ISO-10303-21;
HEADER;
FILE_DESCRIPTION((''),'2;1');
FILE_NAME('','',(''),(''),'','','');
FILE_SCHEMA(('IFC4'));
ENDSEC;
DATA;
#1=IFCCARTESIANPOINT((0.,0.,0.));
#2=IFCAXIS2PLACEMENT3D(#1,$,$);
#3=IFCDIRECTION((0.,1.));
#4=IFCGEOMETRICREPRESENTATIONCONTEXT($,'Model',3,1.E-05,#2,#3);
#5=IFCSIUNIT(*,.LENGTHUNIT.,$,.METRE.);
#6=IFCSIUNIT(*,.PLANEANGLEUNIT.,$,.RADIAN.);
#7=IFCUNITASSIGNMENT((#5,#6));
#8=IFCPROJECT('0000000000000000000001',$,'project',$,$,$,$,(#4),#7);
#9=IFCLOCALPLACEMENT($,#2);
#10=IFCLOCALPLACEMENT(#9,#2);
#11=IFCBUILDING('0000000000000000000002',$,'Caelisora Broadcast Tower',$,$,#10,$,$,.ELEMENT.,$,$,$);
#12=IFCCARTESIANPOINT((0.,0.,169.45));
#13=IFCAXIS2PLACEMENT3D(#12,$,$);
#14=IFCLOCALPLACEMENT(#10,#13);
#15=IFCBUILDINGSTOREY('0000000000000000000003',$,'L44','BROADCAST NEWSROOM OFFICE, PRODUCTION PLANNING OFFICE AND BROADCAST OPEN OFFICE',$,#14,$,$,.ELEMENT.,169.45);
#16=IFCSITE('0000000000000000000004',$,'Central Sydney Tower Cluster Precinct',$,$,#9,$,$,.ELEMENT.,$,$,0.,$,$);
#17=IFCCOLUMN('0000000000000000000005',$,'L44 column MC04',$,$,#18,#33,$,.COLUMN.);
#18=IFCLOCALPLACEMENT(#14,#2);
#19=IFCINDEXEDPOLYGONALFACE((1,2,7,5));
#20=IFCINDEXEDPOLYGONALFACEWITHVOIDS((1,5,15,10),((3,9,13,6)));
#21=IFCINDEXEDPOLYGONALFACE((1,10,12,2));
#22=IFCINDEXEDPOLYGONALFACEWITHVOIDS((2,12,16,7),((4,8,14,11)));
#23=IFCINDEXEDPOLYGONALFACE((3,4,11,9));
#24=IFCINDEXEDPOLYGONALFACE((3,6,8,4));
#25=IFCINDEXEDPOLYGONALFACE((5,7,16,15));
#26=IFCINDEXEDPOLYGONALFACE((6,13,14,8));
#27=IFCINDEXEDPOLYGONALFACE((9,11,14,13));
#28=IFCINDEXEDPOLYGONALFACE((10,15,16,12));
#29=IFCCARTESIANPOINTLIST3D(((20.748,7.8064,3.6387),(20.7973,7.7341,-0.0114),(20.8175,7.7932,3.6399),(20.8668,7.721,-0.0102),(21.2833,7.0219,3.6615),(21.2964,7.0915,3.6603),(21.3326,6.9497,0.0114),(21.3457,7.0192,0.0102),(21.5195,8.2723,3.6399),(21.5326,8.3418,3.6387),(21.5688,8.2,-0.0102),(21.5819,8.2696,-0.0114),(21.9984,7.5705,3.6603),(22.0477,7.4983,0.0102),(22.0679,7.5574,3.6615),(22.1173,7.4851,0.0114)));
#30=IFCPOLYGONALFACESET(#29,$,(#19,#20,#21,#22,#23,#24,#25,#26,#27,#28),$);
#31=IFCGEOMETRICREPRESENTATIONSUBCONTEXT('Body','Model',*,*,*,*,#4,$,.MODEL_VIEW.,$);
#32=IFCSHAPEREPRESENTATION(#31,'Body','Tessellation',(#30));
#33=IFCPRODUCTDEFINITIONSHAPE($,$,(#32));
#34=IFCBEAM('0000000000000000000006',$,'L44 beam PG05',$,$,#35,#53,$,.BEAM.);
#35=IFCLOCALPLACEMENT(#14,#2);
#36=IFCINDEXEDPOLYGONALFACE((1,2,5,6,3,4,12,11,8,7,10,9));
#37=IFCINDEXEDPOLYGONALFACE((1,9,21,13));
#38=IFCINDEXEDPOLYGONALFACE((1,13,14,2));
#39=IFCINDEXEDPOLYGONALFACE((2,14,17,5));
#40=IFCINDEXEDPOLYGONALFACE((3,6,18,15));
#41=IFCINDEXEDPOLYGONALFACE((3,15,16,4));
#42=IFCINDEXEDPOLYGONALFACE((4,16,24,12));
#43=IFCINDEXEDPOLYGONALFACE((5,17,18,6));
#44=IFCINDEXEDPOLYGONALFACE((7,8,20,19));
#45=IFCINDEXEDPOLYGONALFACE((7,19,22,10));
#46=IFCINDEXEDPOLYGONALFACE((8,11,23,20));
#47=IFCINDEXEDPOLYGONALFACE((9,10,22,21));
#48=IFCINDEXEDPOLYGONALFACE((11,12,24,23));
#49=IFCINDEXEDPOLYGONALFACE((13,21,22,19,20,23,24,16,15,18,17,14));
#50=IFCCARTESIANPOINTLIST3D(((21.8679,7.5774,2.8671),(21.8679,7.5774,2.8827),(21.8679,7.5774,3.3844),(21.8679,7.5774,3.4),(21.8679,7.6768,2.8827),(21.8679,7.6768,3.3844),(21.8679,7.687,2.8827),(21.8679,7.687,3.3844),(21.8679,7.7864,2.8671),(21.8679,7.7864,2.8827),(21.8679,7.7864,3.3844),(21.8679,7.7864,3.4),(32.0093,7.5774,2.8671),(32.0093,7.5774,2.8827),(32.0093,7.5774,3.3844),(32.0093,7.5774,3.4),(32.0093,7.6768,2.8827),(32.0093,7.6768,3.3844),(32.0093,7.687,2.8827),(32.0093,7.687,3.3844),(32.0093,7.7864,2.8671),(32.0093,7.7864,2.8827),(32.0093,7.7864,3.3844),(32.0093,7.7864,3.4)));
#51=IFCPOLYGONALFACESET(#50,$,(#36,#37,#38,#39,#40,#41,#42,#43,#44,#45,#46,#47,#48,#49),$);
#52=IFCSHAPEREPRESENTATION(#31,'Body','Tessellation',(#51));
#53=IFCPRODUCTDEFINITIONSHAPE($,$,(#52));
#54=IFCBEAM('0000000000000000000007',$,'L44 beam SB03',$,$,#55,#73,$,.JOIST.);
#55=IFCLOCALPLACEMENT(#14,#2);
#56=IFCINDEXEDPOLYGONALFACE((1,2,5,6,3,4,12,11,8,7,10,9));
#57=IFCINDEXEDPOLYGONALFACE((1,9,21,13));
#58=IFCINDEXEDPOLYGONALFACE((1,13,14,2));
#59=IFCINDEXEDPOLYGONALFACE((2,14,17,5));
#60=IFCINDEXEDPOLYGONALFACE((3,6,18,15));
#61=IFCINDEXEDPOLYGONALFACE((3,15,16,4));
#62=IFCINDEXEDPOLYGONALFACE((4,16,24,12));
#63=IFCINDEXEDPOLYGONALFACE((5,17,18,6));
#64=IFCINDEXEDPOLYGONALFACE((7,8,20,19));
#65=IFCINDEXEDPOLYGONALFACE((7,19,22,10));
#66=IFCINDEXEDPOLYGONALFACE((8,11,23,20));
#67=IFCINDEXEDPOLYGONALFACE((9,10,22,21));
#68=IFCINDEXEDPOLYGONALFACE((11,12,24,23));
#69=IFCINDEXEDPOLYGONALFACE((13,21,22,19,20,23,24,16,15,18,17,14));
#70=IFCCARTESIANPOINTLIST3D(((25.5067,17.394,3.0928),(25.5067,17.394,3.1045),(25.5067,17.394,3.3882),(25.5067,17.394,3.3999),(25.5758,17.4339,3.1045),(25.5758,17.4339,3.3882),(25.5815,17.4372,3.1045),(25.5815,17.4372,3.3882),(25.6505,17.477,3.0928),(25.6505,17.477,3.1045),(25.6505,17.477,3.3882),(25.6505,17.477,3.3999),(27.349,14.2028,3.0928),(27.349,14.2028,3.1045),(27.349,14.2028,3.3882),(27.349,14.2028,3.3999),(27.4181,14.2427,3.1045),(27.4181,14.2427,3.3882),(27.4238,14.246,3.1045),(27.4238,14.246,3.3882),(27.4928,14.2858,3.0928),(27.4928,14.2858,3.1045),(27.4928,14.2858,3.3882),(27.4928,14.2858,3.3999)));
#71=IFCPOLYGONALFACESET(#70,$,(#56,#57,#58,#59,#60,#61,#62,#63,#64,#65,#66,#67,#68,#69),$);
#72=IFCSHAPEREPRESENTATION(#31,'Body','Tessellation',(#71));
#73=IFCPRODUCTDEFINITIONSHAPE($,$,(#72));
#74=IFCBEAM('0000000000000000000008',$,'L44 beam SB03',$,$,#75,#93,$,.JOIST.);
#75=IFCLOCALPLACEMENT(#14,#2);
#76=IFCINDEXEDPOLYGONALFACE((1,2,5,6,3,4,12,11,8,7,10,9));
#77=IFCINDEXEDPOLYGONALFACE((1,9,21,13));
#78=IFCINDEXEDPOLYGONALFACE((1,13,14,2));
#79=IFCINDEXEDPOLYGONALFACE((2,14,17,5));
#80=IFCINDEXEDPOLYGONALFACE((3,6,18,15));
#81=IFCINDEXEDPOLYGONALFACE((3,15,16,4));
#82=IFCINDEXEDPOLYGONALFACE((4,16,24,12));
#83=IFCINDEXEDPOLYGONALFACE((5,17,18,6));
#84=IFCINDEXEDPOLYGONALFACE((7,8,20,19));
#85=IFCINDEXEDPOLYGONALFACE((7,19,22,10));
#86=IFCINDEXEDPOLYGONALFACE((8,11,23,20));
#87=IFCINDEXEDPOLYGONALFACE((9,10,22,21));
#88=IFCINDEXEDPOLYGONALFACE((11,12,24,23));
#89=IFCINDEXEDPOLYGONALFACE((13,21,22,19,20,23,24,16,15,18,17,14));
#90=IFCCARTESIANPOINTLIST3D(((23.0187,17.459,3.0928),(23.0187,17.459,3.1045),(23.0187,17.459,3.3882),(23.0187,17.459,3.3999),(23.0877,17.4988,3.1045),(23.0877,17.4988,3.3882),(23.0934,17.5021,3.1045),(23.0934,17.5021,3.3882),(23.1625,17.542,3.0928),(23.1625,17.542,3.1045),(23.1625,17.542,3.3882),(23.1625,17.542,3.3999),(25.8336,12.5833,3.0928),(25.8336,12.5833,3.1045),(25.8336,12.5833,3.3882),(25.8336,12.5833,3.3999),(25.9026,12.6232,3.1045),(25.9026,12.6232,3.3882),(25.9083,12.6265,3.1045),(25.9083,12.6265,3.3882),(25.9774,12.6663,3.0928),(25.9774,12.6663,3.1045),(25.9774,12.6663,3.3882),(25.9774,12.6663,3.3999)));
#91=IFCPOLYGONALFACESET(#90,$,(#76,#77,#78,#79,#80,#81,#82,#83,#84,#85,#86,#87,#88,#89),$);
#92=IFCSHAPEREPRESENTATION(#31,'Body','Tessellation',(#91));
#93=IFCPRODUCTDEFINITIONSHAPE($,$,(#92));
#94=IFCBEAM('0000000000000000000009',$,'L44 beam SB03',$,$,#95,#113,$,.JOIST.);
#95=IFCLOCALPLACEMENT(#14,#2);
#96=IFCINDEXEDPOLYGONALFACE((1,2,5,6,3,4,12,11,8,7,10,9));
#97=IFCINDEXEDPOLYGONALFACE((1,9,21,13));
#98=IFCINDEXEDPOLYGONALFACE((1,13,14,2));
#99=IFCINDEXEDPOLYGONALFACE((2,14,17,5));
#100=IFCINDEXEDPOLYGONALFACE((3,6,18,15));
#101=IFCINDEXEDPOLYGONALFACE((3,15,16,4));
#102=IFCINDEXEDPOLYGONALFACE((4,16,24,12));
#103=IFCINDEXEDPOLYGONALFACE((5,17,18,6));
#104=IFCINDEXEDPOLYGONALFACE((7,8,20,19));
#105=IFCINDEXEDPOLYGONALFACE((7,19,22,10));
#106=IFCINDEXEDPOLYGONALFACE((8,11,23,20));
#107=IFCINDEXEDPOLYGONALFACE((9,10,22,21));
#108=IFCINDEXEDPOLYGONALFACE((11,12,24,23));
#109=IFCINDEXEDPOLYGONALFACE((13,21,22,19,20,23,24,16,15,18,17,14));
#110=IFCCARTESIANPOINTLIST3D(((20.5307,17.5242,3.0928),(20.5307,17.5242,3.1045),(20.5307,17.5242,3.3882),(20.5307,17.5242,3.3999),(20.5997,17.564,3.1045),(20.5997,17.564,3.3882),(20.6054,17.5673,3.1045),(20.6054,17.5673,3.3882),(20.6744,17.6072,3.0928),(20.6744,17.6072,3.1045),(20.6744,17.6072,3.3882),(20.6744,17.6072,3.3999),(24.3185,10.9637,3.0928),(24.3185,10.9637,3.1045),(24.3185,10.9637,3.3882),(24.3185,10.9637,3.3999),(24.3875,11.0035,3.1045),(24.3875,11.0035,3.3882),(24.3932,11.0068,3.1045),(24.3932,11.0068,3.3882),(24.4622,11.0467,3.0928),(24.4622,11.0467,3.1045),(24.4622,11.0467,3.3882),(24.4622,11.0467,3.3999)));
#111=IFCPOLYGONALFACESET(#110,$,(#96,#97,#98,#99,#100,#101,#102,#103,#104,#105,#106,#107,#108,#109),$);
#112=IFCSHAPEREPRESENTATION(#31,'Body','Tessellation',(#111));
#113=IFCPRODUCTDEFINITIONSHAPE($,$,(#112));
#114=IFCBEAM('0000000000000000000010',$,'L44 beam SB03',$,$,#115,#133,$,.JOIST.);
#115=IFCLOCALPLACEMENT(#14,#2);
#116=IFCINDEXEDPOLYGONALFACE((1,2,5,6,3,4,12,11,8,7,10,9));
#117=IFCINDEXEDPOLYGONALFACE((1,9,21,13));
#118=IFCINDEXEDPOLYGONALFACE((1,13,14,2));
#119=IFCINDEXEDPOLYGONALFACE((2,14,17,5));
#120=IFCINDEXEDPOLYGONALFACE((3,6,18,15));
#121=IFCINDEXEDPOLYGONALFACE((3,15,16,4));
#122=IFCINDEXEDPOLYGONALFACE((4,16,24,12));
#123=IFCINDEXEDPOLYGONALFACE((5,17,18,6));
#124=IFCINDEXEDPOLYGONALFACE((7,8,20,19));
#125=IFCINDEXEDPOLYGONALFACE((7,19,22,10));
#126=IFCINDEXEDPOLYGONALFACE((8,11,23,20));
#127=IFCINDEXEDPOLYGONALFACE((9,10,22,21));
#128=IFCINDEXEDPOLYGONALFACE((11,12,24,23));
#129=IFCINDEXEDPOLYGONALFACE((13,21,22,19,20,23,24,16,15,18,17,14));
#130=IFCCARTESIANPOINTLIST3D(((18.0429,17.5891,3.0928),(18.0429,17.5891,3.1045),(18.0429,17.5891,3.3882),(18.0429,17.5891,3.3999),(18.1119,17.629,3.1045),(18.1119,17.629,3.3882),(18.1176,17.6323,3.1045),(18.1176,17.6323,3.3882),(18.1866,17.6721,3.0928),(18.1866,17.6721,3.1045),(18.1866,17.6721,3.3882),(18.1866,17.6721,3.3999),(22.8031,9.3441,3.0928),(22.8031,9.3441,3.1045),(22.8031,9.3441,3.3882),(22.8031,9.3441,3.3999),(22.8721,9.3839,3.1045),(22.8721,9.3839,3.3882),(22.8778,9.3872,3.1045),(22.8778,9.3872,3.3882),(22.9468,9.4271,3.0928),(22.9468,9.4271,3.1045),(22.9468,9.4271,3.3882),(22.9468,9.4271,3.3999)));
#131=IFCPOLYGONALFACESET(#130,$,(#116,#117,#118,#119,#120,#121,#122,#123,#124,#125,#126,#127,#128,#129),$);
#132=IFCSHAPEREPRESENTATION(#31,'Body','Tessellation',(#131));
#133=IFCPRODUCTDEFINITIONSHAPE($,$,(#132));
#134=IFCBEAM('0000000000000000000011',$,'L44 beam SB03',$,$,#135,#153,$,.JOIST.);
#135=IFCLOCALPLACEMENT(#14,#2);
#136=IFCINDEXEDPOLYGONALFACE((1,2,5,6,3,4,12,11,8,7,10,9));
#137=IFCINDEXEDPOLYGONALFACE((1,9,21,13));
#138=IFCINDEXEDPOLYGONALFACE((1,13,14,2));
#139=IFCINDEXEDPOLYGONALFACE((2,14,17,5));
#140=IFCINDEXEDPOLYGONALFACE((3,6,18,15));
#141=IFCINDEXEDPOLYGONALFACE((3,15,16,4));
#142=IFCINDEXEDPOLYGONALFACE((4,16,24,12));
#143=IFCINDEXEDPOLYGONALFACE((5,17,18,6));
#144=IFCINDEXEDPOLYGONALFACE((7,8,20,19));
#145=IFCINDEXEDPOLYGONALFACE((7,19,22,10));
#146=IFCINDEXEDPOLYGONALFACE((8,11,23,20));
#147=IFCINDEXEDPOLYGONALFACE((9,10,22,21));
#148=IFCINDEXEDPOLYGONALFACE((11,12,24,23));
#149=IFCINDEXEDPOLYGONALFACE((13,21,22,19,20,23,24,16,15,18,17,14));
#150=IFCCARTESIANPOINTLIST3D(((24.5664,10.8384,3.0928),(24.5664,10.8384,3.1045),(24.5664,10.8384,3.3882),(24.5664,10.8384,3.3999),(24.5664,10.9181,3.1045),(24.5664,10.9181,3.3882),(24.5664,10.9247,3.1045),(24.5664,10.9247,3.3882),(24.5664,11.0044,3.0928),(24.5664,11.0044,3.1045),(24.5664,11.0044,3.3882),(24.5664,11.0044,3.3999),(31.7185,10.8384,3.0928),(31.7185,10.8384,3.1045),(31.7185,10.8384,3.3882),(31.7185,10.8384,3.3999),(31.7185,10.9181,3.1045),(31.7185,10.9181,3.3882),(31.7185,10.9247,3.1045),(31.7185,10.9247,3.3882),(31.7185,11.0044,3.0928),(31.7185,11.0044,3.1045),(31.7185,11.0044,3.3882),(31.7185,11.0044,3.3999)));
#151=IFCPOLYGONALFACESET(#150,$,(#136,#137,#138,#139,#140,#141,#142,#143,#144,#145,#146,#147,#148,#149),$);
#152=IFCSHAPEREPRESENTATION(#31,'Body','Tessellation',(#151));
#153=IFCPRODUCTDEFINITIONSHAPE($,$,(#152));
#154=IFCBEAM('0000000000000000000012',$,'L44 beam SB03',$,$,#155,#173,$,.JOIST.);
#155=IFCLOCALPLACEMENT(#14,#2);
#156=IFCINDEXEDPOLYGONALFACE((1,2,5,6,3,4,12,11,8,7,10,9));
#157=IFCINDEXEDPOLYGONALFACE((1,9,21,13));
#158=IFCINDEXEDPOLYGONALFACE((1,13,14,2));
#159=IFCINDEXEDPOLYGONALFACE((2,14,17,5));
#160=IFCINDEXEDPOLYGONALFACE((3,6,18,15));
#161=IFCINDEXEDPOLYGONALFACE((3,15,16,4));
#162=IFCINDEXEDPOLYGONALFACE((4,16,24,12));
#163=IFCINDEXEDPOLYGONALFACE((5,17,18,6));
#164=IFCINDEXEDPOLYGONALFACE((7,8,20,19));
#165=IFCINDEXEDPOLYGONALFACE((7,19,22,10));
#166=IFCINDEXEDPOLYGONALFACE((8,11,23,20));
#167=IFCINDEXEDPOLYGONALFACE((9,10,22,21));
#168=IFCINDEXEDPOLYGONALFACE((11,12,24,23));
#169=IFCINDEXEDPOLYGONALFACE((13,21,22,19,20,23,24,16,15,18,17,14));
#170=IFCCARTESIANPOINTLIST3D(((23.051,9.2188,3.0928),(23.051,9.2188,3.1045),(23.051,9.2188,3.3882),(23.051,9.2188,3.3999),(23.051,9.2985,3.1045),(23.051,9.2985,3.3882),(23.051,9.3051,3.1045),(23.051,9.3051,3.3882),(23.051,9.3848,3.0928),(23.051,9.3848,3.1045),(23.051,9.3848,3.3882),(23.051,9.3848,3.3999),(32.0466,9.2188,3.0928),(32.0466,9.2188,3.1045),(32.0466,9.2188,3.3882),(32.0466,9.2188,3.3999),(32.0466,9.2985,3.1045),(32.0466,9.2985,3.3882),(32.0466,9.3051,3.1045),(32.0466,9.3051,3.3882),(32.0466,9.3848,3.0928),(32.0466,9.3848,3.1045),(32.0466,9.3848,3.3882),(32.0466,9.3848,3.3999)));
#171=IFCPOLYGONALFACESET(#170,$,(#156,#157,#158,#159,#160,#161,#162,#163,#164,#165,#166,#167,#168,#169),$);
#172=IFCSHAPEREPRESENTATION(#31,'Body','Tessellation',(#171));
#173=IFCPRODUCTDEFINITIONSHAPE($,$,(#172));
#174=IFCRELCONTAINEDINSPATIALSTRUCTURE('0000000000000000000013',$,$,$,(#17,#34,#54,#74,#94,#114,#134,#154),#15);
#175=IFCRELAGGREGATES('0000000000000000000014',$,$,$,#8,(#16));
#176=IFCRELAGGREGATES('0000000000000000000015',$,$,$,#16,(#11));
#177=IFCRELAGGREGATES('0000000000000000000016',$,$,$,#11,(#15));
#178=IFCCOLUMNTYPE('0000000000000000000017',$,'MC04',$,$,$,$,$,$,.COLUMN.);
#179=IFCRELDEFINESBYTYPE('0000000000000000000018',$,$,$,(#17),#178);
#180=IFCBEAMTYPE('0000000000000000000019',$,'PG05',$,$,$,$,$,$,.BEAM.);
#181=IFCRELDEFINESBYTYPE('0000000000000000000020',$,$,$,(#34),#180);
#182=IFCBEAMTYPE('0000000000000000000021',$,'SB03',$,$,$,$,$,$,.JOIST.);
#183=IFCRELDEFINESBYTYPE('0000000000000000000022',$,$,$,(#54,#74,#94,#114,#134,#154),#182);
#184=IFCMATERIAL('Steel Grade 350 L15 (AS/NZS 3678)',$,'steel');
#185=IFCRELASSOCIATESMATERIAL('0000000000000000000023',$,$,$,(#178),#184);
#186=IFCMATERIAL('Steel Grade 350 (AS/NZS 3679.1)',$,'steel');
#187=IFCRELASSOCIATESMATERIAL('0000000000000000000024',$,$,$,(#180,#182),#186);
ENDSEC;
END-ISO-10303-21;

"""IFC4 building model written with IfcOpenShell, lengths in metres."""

from ifc_helpers import new_model, si_unit, direction, frame, origin, origin_2d, place, context, subcontext, project, spatial, hollow_rectangle, i_section, extrude, source, transform, mapped, material, material_profile, profile_set, type_object, type_shapes, element, save


model = new_model("IFC4")

# Units and contexts
model_context = context("Model", 3, precision=1e-05, world=origin(), true_north=direction((0.0, 1.0)))
body_context = subcontext(model_context, "Body", "Model", "MODEL_VIEW")
ifc_project = project(units=[si_unit("LENGTHUNIT", "METRE"), si_unit("PLANEANGLEUNIT", "RADIAN")], contexts=[model_context])

# Site, building, storey
site_placement = place(None, origin())
site = spatial("IfcSite", under=ifc_project, at=site_placement, Name="Central Sydney Tower Cluster Precinct", CompositionType="ELEMENT", RefElevation=0.0)
building_placement = place(site_placement, origin())
building = spatial("IfcBuilding", under=site, at=building_placement, Name="Caelisora Broadcast Tower", CompositionType="ELEMENT")
storey_placement = place(building_placement, frame((0.0, 0.0, 169.45)))
storey = spatial("IfcBuildingStorey", under=building, at=storey_placement, Name="L44", Description="BROADCAST NEWSROOM OFFICE, PRODUCTION PLANNING OFFICE AND BROADCAST OPEN OFFICE", CompositionType="ELEMENT", Elevation=169.45)

# Column
ifc_material_1 = material(Name="Steel Grade 350 L15 (AS/NZS 3678)", Category="steel")
ifc_material_profile_1 = material_profile(ifc_material_1, hollow_rectangle(XDim=0.95, YDim=0.95, WallThickness=0.05, at=origin_2d()), Name="Steel Grade 350 L15 (AS/NZS 3678)")
ifc_profile_set_1 = profile_set([ifc_material_profile_1], Name="Steel Grade 350 L15 (AS/NZS 3678)")
column_type = type_object("IfcColumnType", Name="MC04", PredefinedType="COLUMN", material=ifc_profile_set_1)
shared_shape_1 = source(origin(), body_context, "Body", "SweptSolid", [
    extrude(hollow_rectangle(XDim=0.95, YDim=0.95, WallThickness=0.05, at=origin_2d()), origin(), (0.0, 0.0, 1.0), 3.6511),
])
type_shapes(column_type, [shared_shape_1])
column_placement = place(storey_placement, frame((21.4573, 7.6096, 0.0), z_axis=(-0.013507, 0.019792, 0.999713), x_axis=(-0.825991, -0.563683, 0.0)))
element("IfcColumn", 1, at=column_placement, inside=storey, type_object=column_type, Name="L44 column MC04", PredefinedType="COLUMN", context=body_context, shape_type="MappedRepresentation", body=[
    mapped(shared_shape_1, transform((0.0, 0.0, 0.0), scale=1.0)),
])

# Beams
ifc_material_2 = material(Name="Steel Grade 350 (AS/NZS 3679.1)", Category="steel")
ifc_material_profile_2 = material_profile(ifc_material_2, i_section(OverallWidth=0.209, OverallDepth=0.533, WebThickness=0.0103, FlangeThickness=0.0156, at=origin_2d()), Name="Steel Grade 350 (AS/NZS 3679.1)")
ifc_profile_set_2 = profile_set([ifc_material_profile_2], Name="Steel Grade 350 (AS/NZS 3679.1)")
beam_type_1 = type_object("IfcBeamType", Name="PG05", PredefinedType="BEAM", material=ifc_profile_set_2)
shared_shape_2 = source(origin(), body_context, "Body", "SweptSolid", [
    extrude(i_section(OverallWidth=0.209, OverallDepth=0.533, WebThickness=0.0103, FlangeThickness=0.0156, at=origin_2d()), origin(), (0.0, 0.0, 1.0), 10.1414),
])
type_shapes(beam_type_1, [shared_shape_2])
beam_1_placement = place(storey_placement, frame((21.8679, 7.6819, 3.1335), z_axis=(1.0, 0.0, 0.0), x_axis=(0.0, 1.0, 0.0)))
element("IfcBeam", 2, at=beam_1_placement, inside=storey, type_object=beam_type_1, Name="L44 beam PG05", PredefinedType="BEAM", context=body_context, shape_type="MappedRepresentation", body=[
    mapped(shared_shape_2, transform((0.0, 0.0, 0.0), scale=1.0)),
])
ifc_material_profile_3 = material_profile(ifc_material_2, i_section(OverallWidth=0.166, OverallDepth=0.3071, WebThickness=0.0066, FlangeThickness=0.0117, at=origin_2d()), Name="Steel Grade 350 (AS/NZS 3679.1)")
ifc_profile_set_3 = profile_set([ifc_material_profile_3], Name="Steel Grade 350 (AS/NZS 3679.1)")
beam_type_2 = type_object("IfcBeamType", Name="SB03", PredefinedType="JOIST", material=ifc_profile_set_3)
shared_shape_3 = source(origin(), body_context, "Body", "SweptSolid", [
    extrude(i_section(OverallWidth=0.166, OverallDepth=0.3071, WebThickness=0.0066, FlangeThickness=0.0117, at=origin_2d()), origin(), (0.0, 0.0, 1.0), 3.6848),
])
beam_2_placement = place(storey_placement, frame((25.5786, 17.4355, 3.2463), z_axis=(0.499973, -0.866041, 0.0), x_axis=(0.866041, 0.499973, 0.0)))
element("IfcBeam", 3, at=beam_2_placement, inside=storey, type_object=beam_type_2, Name="L44 beam SB03", PredefinedType="JOIST", context=body_context, shape_type="MappedRepresentation", body=[
    mapped(shared_shape_3, transform((0.0, 0.0, 0.0), scale=1.0)),
])
shared_shape_4 = source(origin(), body_context, "Body", "SweptSolid", [
    extrude(i_section(OverallWidth=0.166, OverallDepth=0.3071, WebThickness=0.0066, FlangeThickness=0.0117, at=origin_2d()), origin(), (0.0, 0.0, 1.0), 5.6299),
])
beam_3_placement = place(storey_placement, frame((23.0906, 17.5005, 3.2463), z_axis=(0.499991, -0.86603, 0.0), x_axis=(0.86603, 0.499991, 0.0)))
element("IfcBeam", 4, at=beam_3_placement, inside=storey, type_object=beam_type_2, Name="L44 beam SB03", PredefinedType="JOIST", context=body_context, shape_type="MappedRepresentation", body=[
    mapped(shared_shape_4, transform((0.0, 0.0, 0.0), scale=1.0)),
])
shared_shape_5 = source(origin(), body_context, "Body", "SweptSolid", [
    extrude(i_section(OverallWidth=0.166, OverallDepth=0.3071, WebThickness=0.0066, FlangeThickness=0.0117, at=origin_2d()), origin(), (0.0, 0.0, 1.0), 7.5754),
])
beam_4_placement = place(storey_placement, frame((20.6025, 17.5657, 3.2463), z_axis=(0.500011, -0.866019, 0.0), x_axis=(0.866019, 0.500011, 0.0)))
element("IfcBeam", 5, at=beam_4_placement, inside=storey, type_object=beam_type_2, Name="L44 beam SB03", PredefinedType="JOIST", context=body_context, shape_type="MappedRepresentation", body=[
    mapped(shared_shape_5, transform((0.0, 0.0, 0.0), scale=1.0)),
])
shared_shape_6 = source(origin(), body_context, "Body", "SweptSolid", [
    extrude(i_section(OverallWidth=0.166, OverallDepth=0.3071, WebThickness=0.0066, FlangeThickness=0.0117, at=origin_2d()), origin(), (0.0, 0.0, 1.0), 9.5205),
])
beam_5_placement = place(storey_placement, frame((18.1147, 17.6306, 3.2463), z_axis=(0.499995, -0.866028, 0.0), x_axis=(0.866028, 0.499995, 0.0)))
element("IfcBeam", 6, at=beam_5_placement, inside=storey, type_object=beam_type_2, Name="L44 beam SB03", PredefinedType="JOIST", context=body_context, shape_type="MappedRepresentation", body=[
    mapped(shared_shape_6, transform((0.0, 0.0, 0.0), scale=1.0)),
])
shared_shape_7 = source(origin(), body_context, "Body", "SweptSolid", [
    extrude(i_section(OverallWidth=0.166, OverallDepth=0.3071, WebThickness=0.0066, FlangeThickness=0.0117, at=origin_2d()), origin(), (0.0, 0.0, 1.0), 7.1521),
])
beam_6_placement = place(storey_placement, frame((24.5664, 10.9214, 3.2463), z_axis=(1.0, 0.0, 0.0), x_axis=(0.0, 1.0, 0.0)))
element("IfcBeam", 7, at=beam_6_placement, inside=storey, type_object=beam_type_2, Name="L44 beam SB03", PredefinedType="JOIST", context=body_context, shape_type="MappedRepresentation", body=[
    mapped(shared_shape_7, transform((0.0, 0.0, 0.0), scale=1.0)),
])
shared_shape_8 = source(origin(), body_context, "Body", "SweptSolid", [
    extrude(i_section(OverallWidth=0.166, OverallDepth=0.3071, WebThickness=0.0066, FlangeThickness=0.0117, at=origin_2d()), origin(), (0.0, 0.0, 1.0), 8.9956),
])
type_shapes(beam_type_2, [shared_shape_3, shared_shape_4, shared_shape_5, shared_shape_6, shared_shape_7, shared_shape_8])
beam_7_placement = place(storey_placement, frame((23.051, 9.3018, 3.2463), z_axis=(1.0, 0.0, 0.0), x_axis=(0.0, 1.0, 0.0)))
element("IfcBeam", 8, at=beam_7_placement, inside=storey, type_object=beam_type_2, Name="L44 beam SB03", PredefinedType="JOIST", context=body_context, shape_type="MappedRepresentation", body=[
    mapped(shared_shape_8, transform((0.0, 0.0, 0.0), scale=1.0)),
])

save(model, "model.ifc")
